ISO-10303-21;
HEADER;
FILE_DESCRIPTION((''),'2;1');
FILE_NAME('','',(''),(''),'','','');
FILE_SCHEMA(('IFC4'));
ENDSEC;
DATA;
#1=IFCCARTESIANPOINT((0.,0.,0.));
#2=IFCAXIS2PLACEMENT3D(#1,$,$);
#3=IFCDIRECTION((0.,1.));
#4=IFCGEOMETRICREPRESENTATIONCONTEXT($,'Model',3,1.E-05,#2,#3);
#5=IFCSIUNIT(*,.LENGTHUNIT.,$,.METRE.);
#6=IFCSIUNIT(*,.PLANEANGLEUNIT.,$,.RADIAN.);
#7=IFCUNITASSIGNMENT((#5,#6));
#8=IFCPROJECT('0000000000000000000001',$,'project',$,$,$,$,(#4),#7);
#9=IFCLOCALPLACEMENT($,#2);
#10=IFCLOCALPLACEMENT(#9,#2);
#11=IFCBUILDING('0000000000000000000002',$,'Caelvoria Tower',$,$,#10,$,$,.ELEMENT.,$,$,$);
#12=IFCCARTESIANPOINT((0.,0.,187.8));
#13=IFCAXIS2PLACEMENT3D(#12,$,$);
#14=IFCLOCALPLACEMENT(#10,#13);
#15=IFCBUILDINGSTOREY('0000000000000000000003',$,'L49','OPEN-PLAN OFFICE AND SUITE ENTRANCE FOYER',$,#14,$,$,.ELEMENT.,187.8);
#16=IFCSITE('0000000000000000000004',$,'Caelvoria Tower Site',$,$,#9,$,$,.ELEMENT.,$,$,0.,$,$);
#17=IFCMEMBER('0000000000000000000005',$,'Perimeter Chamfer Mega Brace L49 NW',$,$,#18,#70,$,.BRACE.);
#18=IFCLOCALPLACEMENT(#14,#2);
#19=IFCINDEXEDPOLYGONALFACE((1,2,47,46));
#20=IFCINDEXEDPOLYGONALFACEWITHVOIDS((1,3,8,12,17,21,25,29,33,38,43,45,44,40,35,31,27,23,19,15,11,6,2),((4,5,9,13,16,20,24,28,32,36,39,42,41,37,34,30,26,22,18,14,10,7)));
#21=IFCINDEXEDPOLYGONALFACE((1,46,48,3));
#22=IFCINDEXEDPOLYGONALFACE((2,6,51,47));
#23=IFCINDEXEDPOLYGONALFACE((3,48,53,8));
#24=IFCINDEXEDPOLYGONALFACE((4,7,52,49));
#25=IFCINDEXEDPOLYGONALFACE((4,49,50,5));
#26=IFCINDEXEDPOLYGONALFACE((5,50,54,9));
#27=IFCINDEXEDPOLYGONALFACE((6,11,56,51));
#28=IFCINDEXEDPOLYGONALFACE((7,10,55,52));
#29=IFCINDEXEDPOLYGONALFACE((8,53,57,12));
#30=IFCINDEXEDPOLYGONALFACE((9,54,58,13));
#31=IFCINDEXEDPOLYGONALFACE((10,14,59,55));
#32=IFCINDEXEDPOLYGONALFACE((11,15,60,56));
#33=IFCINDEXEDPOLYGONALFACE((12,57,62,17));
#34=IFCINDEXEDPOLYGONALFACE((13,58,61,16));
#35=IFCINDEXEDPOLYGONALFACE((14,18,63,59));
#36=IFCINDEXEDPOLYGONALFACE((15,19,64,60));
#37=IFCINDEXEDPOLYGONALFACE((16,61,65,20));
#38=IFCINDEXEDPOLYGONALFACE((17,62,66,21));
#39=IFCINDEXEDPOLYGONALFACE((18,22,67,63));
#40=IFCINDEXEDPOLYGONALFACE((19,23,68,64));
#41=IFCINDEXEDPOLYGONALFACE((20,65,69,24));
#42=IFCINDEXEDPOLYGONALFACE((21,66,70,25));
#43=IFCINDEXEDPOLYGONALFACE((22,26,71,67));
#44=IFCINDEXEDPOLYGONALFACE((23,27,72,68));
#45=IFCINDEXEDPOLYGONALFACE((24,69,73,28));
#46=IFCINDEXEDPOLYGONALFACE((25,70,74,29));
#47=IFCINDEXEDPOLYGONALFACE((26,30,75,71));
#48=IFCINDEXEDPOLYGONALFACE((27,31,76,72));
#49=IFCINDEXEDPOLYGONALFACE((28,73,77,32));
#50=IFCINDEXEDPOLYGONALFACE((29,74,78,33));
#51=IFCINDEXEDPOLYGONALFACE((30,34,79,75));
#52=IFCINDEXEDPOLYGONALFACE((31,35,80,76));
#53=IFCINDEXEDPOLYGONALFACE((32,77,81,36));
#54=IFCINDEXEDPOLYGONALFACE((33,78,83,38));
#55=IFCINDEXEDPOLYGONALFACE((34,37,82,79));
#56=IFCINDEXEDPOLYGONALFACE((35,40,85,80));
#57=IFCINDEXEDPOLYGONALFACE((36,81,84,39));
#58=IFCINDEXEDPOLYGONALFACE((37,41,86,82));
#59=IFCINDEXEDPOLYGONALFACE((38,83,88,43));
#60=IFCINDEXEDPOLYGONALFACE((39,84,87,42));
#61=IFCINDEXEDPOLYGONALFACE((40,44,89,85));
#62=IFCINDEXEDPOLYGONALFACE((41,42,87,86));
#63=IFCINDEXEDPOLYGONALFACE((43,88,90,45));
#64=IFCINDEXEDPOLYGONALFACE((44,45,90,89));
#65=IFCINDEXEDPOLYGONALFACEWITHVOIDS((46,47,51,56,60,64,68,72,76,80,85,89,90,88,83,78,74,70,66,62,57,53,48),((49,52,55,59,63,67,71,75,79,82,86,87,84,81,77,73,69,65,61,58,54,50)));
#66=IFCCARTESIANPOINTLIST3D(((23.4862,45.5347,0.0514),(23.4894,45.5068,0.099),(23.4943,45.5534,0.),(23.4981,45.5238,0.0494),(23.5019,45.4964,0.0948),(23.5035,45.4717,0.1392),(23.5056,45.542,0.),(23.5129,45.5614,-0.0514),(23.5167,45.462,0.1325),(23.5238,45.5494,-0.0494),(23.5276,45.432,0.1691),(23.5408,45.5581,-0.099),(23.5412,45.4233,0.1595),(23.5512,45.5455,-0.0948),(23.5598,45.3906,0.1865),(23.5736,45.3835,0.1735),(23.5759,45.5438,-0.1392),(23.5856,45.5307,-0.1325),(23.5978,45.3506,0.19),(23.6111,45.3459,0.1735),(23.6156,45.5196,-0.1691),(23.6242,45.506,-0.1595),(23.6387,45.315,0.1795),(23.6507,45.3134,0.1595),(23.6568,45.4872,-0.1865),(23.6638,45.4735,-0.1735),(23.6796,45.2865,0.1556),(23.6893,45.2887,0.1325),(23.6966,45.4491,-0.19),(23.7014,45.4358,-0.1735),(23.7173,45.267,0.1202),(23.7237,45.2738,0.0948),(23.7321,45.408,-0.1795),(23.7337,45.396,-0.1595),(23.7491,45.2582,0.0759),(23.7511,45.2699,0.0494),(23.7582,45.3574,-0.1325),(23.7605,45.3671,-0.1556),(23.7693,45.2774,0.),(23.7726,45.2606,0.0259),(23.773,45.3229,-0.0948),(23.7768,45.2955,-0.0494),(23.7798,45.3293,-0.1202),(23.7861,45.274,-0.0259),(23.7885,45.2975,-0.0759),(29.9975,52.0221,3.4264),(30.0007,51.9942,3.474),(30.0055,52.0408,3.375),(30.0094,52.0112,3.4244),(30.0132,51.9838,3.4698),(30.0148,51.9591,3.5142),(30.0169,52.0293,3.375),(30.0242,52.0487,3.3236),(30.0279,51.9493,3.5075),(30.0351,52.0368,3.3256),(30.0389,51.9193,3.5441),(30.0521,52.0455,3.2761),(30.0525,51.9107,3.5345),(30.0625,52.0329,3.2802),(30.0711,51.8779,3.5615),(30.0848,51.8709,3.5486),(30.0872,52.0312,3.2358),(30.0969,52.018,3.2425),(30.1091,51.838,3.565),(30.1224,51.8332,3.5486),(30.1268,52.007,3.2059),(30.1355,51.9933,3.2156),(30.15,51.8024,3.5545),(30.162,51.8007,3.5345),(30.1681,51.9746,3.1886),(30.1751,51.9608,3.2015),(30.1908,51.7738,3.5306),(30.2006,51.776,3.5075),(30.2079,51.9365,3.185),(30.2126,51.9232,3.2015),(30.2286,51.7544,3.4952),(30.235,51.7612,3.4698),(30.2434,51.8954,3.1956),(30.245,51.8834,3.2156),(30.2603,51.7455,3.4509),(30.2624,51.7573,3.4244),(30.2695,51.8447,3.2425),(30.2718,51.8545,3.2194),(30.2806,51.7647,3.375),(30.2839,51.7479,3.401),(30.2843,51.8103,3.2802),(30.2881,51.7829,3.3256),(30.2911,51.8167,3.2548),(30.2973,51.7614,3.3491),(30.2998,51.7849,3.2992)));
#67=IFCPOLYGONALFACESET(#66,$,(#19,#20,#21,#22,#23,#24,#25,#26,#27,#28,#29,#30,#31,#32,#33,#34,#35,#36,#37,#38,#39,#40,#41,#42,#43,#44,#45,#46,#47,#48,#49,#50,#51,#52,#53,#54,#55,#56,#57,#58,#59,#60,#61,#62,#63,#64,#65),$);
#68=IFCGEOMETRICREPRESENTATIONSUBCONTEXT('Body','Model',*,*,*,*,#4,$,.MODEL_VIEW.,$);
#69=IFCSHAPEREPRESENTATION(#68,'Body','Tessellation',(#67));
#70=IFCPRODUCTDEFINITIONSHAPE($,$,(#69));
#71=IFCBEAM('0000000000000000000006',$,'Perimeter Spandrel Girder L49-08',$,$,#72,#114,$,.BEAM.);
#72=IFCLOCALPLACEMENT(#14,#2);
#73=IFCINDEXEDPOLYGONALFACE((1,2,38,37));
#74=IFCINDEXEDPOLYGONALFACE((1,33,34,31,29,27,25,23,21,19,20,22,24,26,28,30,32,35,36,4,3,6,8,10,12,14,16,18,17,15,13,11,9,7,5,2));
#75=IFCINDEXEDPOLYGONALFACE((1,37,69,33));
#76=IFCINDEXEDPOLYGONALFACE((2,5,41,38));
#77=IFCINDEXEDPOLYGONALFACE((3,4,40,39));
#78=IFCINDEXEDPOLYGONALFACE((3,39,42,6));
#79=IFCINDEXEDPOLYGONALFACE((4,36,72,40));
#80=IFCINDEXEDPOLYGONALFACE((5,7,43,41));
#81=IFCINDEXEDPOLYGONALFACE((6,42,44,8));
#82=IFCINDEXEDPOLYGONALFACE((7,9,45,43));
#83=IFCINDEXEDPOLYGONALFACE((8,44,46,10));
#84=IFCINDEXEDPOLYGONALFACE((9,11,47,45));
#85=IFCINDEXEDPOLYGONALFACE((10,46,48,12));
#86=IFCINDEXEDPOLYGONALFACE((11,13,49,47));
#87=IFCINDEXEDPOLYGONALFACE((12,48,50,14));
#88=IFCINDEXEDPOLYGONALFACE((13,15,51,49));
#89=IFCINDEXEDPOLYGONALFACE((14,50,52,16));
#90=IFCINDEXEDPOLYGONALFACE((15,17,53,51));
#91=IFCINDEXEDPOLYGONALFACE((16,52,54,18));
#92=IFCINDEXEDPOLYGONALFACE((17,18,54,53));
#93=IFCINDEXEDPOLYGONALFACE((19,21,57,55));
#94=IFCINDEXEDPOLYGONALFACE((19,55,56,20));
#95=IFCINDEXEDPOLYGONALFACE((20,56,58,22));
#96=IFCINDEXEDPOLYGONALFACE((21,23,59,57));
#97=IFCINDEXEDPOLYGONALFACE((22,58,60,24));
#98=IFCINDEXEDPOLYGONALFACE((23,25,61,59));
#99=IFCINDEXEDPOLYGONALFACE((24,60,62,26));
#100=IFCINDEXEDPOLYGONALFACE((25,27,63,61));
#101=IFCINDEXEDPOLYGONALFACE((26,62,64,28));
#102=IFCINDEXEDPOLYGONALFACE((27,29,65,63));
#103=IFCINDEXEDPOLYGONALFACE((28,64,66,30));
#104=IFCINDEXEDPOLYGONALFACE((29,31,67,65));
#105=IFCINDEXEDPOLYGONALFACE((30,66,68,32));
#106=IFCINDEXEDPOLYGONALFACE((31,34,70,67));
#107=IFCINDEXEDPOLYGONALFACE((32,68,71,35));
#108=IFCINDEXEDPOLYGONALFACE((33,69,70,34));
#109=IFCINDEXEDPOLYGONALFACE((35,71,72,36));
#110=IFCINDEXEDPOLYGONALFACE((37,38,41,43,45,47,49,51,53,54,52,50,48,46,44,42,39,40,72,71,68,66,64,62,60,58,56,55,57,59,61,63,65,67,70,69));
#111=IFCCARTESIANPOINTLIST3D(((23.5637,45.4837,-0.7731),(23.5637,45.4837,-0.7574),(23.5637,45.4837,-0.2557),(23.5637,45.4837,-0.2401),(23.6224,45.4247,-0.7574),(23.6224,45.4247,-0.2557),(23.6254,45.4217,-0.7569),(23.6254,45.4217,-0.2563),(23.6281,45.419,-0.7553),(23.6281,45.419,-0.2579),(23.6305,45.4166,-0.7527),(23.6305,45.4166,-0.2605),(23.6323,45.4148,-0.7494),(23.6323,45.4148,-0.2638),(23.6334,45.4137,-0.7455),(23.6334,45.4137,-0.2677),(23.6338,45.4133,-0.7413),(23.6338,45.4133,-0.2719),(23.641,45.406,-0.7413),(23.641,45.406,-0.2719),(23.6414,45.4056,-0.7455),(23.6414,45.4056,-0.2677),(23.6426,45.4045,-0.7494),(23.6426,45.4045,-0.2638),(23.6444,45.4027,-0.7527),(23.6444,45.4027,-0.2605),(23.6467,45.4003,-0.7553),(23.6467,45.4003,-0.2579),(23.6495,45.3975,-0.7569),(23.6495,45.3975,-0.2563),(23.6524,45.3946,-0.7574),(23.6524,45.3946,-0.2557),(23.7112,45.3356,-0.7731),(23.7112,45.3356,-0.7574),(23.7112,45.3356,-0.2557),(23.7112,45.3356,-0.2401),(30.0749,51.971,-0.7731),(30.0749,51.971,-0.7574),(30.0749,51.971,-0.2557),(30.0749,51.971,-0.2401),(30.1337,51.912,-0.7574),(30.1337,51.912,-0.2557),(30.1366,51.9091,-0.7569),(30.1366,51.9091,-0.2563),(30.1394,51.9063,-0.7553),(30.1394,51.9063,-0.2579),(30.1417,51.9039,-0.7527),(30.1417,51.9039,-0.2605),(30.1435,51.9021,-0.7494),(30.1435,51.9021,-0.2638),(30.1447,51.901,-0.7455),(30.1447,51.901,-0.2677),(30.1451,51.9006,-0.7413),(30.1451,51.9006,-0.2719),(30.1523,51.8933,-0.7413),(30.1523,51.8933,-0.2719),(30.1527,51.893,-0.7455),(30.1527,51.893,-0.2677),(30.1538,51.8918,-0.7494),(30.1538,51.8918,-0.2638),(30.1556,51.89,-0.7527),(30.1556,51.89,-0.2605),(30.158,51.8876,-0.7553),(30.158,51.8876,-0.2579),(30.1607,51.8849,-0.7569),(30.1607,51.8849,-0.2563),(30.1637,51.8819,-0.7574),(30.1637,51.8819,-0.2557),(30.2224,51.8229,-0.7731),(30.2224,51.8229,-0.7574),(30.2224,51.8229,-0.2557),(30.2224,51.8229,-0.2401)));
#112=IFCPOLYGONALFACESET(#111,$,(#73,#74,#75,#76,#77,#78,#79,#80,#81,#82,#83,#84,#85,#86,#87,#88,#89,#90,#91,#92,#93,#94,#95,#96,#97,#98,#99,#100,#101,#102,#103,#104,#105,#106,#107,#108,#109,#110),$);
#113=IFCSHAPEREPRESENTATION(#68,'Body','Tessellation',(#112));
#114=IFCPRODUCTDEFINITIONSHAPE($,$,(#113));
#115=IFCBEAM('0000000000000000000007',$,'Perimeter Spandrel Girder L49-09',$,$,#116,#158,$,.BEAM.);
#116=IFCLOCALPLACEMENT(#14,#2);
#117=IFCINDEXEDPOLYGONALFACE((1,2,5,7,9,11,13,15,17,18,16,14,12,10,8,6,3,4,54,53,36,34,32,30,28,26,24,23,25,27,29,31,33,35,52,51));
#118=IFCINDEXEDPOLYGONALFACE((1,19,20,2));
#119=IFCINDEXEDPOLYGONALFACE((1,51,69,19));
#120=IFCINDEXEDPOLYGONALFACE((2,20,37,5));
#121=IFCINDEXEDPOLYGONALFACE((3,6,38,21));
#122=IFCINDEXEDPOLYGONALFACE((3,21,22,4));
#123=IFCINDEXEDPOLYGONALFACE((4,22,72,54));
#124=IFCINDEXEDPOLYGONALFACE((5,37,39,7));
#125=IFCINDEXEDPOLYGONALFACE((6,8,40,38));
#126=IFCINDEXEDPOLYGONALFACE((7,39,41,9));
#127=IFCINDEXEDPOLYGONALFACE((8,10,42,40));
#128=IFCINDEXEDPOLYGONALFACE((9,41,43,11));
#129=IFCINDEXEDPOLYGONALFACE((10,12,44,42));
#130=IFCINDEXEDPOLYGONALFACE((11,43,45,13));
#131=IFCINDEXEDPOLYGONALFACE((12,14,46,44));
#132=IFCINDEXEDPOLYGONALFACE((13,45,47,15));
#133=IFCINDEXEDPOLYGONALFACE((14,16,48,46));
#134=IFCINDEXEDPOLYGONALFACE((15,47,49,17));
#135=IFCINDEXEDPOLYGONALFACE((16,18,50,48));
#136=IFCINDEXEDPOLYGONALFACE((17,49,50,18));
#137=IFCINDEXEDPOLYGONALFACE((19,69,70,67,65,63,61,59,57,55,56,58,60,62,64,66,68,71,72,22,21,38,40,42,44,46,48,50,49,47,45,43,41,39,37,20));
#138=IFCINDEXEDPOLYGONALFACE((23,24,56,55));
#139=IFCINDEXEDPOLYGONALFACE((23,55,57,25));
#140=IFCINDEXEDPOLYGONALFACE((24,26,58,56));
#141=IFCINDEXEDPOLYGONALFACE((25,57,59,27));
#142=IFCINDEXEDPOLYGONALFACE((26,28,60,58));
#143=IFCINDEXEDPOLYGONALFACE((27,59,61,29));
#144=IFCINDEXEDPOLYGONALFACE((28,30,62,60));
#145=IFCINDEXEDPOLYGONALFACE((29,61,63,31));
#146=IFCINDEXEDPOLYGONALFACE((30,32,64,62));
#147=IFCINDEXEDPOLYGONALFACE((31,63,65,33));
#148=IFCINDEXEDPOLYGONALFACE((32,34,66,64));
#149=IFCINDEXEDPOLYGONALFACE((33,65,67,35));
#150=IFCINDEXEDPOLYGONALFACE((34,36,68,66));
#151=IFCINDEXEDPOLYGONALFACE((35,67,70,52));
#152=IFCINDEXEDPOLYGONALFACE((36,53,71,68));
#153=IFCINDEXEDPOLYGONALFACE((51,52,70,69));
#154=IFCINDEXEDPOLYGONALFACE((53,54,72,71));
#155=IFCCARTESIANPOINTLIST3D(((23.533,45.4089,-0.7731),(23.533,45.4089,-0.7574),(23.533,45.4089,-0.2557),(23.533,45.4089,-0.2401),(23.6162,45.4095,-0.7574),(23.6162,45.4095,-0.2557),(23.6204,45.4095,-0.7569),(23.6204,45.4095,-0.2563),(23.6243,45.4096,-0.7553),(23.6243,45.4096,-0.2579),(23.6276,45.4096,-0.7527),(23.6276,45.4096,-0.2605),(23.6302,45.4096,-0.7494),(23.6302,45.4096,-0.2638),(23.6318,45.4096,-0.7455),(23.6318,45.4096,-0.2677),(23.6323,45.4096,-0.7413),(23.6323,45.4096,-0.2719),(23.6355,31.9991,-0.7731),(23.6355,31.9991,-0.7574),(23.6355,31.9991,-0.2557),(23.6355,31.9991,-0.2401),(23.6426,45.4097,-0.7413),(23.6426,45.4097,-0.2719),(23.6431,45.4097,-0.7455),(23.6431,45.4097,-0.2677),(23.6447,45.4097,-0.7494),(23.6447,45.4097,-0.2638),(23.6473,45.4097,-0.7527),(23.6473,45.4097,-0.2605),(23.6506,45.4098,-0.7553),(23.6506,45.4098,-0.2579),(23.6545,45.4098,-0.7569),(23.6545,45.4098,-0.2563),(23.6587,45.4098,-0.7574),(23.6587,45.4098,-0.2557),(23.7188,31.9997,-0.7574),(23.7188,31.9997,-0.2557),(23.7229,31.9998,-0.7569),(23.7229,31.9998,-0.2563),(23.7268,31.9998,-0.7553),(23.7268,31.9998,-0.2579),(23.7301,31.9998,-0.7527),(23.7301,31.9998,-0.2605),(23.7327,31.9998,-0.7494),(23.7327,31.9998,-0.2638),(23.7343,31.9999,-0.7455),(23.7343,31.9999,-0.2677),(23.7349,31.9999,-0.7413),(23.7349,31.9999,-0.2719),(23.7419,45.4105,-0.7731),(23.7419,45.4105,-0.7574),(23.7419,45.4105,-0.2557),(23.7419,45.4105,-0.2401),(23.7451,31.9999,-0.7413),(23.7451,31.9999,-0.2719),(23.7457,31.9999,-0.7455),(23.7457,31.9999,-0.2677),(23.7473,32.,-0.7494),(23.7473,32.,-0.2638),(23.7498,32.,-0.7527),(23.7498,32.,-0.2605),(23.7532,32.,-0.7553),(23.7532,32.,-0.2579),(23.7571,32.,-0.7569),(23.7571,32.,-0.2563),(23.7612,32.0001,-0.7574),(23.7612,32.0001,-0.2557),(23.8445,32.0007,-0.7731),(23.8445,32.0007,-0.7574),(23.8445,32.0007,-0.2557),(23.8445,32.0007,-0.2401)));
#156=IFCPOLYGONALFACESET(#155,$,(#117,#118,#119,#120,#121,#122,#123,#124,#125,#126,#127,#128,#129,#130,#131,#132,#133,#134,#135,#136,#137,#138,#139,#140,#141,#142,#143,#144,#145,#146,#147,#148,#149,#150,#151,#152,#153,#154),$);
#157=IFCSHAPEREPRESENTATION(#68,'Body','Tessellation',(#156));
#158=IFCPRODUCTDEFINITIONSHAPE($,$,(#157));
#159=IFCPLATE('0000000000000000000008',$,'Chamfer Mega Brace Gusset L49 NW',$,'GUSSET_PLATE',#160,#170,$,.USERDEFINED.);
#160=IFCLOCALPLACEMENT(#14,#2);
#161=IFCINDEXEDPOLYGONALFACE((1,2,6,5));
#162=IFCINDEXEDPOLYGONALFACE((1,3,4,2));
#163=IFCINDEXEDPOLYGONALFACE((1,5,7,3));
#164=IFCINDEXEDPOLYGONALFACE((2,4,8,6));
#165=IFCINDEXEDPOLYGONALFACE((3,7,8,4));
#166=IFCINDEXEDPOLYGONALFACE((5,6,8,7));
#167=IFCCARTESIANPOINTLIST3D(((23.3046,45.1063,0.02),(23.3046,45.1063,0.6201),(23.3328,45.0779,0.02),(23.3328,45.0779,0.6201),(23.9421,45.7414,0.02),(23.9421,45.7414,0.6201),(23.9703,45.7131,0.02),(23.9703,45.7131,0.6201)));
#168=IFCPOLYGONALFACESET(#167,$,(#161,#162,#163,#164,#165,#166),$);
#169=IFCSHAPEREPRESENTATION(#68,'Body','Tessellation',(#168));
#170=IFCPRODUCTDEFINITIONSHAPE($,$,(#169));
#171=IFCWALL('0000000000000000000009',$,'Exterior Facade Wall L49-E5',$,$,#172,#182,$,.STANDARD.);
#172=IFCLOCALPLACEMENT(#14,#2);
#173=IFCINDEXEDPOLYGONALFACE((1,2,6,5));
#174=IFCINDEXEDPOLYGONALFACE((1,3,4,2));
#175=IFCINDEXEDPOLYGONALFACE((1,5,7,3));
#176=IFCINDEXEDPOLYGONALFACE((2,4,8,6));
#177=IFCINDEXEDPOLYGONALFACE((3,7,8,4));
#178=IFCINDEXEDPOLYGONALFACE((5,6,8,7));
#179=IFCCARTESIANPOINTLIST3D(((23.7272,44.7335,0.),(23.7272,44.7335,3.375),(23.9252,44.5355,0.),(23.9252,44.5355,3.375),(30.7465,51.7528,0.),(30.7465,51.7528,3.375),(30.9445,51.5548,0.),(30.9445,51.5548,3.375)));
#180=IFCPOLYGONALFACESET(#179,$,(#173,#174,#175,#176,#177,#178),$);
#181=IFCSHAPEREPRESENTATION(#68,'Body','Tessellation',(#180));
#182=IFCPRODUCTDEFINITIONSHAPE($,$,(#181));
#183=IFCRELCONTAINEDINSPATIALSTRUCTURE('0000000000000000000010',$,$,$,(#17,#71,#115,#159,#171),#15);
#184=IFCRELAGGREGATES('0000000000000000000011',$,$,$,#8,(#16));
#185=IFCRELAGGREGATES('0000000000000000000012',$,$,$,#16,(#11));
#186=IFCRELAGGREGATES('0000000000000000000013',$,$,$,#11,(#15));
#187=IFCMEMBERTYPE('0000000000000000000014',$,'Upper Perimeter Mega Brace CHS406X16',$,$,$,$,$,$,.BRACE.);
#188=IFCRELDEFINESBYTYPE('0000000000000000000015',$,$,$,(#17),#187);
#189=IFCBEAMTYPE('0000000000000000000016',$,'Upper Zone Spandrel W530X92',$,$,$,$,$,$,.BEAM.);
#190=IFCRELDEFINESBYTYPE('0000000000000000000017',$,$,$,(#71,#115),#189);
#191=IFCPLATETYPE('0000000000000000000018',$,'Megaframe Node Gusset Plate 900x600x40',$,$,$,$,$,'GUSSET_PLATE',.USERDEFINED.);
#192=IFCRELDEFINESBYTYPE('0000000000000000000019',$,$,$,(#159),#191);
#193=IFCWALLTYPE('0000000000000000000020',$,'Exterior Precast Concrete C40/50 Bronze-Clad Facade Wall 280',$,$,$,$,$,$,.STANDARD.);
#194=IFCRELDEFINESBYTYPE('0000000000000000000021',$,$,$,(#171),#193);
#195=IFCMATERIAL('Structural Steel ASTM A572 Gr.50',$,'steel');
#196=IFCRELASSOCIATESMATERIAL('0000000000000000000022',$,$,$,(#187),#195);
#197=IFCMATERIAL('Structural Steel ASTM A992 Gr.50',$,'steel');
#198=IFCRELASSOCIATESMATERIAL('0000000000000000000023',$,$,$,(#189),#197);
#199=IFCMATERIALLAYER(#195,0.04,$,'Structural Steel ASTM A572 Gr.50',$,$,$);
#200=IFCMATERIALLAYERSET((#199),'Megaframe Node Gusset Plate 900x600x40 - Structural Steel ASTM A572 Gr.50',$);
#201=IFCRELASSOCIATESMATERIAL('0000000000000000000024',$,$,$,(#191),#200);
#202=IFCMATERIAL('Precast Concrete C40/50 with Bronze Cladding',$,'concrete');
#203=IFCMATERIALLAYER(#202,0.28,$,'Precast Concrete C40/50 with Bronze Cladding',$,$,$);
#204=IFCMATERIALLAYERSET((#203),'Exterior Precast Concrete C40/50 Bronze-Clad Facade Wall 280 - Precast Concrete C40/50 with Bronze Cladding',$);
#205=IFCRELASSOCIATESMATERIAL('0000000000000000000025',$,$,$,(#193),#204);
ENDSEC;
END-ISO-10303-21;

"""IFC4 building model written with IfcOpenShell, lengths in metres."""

from ifc_helpers import new_model, si_unit, direction, frame, frame_2d, origin, origin_2d, place, context, subcontext, project, spatial, rectangle, hollow_circle, i_section, extrude, material, layer, layer_set, material_profile, profile_set, type_object, element, save


model = new_model("IFC4")

# Units and contexts
model_context = context("Model", 3, precision=1e-05, world=origin(), true_north=direction((0.0, 1.0)))
body_context = subcontext(model_context, "Body", "Model", "MODEL_VIEW")
ifc_project = project(units=[si_unit("LENGTHUNIT", "METRE"), si_unit("PLANEANGLEUNIT", "RADIAN")], contexts=[model_context])

# Site, building, storey
site_placement = place(None, origin())
site = spatial("IfcSite", under=ifc_project, at=site_placement, Name="Caelvoria Tower Site", CompositionType="ELEMENT", RefElevation=0.0)
building_placement = place(site_placement, origin())
building = spatial("IfcBuilding", under=site, at=building_placement, Name="Caelvoria Tower", CompositionType="ELEMENT")
storey_placement = place(building_placement, frame((0.0, 0.0, 187.8)))
storey = spatial("IfcBuildingStorey", under=building, at=storey_placement, Name="L49", Description="OPEN-PLAN OFFICE AND SUITE ENTRANCE FOYER", CompositionType="ELEMENT", Elevation=187.8)

# Shared definitions
ifc_material_1 = material(Name="Structural Steel ASTM A572 Gr.50", Category="steel")

# Shared definitions
ifc_material_2 = material(Name="Structural Steel ASTM A992 Gr.50", Category="steel")

# Member
ifc_material_profile_1 = material_profile(ifc_material_1, hollow_circle(Radius=0.2029, WallThickness=0.0161, at=origin_2d()), Name="Structural Steel ASTM A572 Gr.50")
ifc_profile_set_1 = profile_set([ifc_material_profile_1], Name="CHS406X16 - Structural Steel ASTM A572 Gr.50")
member_type = type_object("IfcMemberType", Name="Upper Perimeter Mega Brace CHS406X16", PredefinedType="BRACE", material=ifc_profile_set_1)
member_placement = place(storey_placement, frame((23.6375, 45.4097, 0.0), z_axis=(0.664994, 0.66255, 0.34469), x_axis=(-0.705804, 0.708407, 0.0)))
element("IfcMember", 1, at=member_placement, inside=storey, type_object=member_type, Name="Perimeter Chamfer Mega Brace L49 NW", PredefinedType="BRACE", context=body_context, shape_type="SweptSolid", body=[
    extrude(hollow_circle(Radius=0.2029, WallThickness=0.0161, at=origin_2d()), origin(), (0.0, 0.0, 1.0), 9.7915),
])

# Beams
ifc_material_profile_2 = material_profile(ifc_material_2, i_section(OverallWidth=0.209, OverallDepth=0.533, WebThickness=0.0103, FlangeThickness=0.0156, FilletRadius=0.0161, at=origin_2d()), Name="Structural Steel ASTM A992 Gr.50")
ifc_profile_set_2 = profile_set([ifc_material_profile_2], Name="W530X92 - Structural Steel ASTM A992 Gr.50")
beam_type_1 = type_object("IfcBeamType", Name="Upper Zone Spandrel W530X92", PredefinedType="BEAM", material=ifc_profile_set_2)
beam_1_placement = place(storey_placement, frame((30.1487, 51.897, -0.5066), z_axis=(-0.708407, -0.705804, 0.0), x_axis=(0.705804, -0.708407, 0.0)))
element("IfcBeam", 2, at=beam_1_placement, inside=storey, type_object=beam_type_1, Name="Perimeter Spandrel Girder L49-08", PredefinedType="BEAM", context=body_context, shape_type="SweptSolid", body=[
    extrude(i_section(OverallWidth=0.209, OverallDepth=0.533, WebThickness=0.0103, FlangeThickness=0.0156, FilletRadius=0.0161, at=origin_2d()), origin(), (0.0, 0.0, 1.0), 9.1914),
])
beam_2_placement = place(storey_placement, frame((23.6375, 45.4097, -0.5066), z_axis=(0.007646, -0.999971, 0.0), x_axis=(0.999971, 0.007646, 0.0)))
element("IfcBeam", 3, at=beam_2_placement, inside=storey, type_object=beam_type_1, Name="Perimeter Spandrel Girder L49-09", PredefinedType="BEAM", context=body_context, shape_type="SweptSolid", body=[
    extrude(i_section(OverallWidth=0.209, OverallDepth=0.533, WebThickness=0.0103, FlangeThickness=0.0156, FilletRadius=0.0161, at=origin_2d()), origin(), (0.0, 0.0, 1.0), 13.4102),
])

# Plate
ifc_layer_1 = layer(ifc_material_1, 0.04, Name="Structural Steel ASTM A572 Gr.50")
ifc_layer_set_1 = layer_set([ifc_layer_1], Name="Megaframe Node Gusset Plate 900x600x40 - Structural Steel ASTM A572 Gr.50")
plate_type = type_object("IfcPlateType", Name="Megaframe Node Gusset Plate 900x600x40", ElementType="GUSSET_PLATE", PredefinedType="USERDEFINED", material=ifc_layer_set_1)
plate_placement = place(storey_placement, frame((23.6375, 45.4097, 0.02), z_axis=(0.0, 0.0, 1.0), x_axis=(0.708405, 0.705806, 0.0)))
element("IfcPlate", 4, at=plate_placement, inside=storey, type_object=plate_type, Name="Chamfer Mega Brace Gusset L49 NW", ObjectType="GUSSET_PLATE", PredefinedType="USERDEFINED", context=body_context, shape_type="SweptSolid", body=[
    extrude(rectangle(XDim=0.8999, YDim=0.04, at=origin_2d()), origin(), (0.0, 0.0, 1.0), 0.6001),
])

# Wall
ifc_material_3 = material(Name="Precast Concrete C40/50 with Bronze Cladding", Category="concrete")
ifc_layer_2 = layer(ifc_material_3, 0.28, Name="Precast Concrete C40/50 with Bronze Cladding")
ifc_layer_set_2 = layer_set([ifc_layer_2], Name="Exterior Precast Concrete C40/50 Bronze-Clad Facade Wall 280 - Precast Concrete C40/50 with Bronze Cladding")
wall_type_1 = type_object("IfcWallType", Name="Exterior Precast Concrete C40/50 Bronze-Clad Facade Wall 280", PredefinedType="STANDARD", material=ifc_layer_set_2)
wall_1_placement = place(storey_placement, frame((30.8455, 51.6538, 0.0), z_axis=(0.0, 0.0, 1.0), x_axis=(-0.707107, -0.707107, 0.0)))
element("IfcWall", 5, at=wall_1_placement, inside=storey, type_object=wall_type_1, Name="Exterior Facade Wall L49-E5", PredefinedType="STANDARD", context=body_context, shape_type="SweptSolid", body=[
    extrude(rectangle(XDim=9.9268, YDim=0.28, at=frame_2d((4.9634, 0.0))), origin(), (0.0, 0.0, 1.0), 3.375),
])

save(model, "model.ifc")
